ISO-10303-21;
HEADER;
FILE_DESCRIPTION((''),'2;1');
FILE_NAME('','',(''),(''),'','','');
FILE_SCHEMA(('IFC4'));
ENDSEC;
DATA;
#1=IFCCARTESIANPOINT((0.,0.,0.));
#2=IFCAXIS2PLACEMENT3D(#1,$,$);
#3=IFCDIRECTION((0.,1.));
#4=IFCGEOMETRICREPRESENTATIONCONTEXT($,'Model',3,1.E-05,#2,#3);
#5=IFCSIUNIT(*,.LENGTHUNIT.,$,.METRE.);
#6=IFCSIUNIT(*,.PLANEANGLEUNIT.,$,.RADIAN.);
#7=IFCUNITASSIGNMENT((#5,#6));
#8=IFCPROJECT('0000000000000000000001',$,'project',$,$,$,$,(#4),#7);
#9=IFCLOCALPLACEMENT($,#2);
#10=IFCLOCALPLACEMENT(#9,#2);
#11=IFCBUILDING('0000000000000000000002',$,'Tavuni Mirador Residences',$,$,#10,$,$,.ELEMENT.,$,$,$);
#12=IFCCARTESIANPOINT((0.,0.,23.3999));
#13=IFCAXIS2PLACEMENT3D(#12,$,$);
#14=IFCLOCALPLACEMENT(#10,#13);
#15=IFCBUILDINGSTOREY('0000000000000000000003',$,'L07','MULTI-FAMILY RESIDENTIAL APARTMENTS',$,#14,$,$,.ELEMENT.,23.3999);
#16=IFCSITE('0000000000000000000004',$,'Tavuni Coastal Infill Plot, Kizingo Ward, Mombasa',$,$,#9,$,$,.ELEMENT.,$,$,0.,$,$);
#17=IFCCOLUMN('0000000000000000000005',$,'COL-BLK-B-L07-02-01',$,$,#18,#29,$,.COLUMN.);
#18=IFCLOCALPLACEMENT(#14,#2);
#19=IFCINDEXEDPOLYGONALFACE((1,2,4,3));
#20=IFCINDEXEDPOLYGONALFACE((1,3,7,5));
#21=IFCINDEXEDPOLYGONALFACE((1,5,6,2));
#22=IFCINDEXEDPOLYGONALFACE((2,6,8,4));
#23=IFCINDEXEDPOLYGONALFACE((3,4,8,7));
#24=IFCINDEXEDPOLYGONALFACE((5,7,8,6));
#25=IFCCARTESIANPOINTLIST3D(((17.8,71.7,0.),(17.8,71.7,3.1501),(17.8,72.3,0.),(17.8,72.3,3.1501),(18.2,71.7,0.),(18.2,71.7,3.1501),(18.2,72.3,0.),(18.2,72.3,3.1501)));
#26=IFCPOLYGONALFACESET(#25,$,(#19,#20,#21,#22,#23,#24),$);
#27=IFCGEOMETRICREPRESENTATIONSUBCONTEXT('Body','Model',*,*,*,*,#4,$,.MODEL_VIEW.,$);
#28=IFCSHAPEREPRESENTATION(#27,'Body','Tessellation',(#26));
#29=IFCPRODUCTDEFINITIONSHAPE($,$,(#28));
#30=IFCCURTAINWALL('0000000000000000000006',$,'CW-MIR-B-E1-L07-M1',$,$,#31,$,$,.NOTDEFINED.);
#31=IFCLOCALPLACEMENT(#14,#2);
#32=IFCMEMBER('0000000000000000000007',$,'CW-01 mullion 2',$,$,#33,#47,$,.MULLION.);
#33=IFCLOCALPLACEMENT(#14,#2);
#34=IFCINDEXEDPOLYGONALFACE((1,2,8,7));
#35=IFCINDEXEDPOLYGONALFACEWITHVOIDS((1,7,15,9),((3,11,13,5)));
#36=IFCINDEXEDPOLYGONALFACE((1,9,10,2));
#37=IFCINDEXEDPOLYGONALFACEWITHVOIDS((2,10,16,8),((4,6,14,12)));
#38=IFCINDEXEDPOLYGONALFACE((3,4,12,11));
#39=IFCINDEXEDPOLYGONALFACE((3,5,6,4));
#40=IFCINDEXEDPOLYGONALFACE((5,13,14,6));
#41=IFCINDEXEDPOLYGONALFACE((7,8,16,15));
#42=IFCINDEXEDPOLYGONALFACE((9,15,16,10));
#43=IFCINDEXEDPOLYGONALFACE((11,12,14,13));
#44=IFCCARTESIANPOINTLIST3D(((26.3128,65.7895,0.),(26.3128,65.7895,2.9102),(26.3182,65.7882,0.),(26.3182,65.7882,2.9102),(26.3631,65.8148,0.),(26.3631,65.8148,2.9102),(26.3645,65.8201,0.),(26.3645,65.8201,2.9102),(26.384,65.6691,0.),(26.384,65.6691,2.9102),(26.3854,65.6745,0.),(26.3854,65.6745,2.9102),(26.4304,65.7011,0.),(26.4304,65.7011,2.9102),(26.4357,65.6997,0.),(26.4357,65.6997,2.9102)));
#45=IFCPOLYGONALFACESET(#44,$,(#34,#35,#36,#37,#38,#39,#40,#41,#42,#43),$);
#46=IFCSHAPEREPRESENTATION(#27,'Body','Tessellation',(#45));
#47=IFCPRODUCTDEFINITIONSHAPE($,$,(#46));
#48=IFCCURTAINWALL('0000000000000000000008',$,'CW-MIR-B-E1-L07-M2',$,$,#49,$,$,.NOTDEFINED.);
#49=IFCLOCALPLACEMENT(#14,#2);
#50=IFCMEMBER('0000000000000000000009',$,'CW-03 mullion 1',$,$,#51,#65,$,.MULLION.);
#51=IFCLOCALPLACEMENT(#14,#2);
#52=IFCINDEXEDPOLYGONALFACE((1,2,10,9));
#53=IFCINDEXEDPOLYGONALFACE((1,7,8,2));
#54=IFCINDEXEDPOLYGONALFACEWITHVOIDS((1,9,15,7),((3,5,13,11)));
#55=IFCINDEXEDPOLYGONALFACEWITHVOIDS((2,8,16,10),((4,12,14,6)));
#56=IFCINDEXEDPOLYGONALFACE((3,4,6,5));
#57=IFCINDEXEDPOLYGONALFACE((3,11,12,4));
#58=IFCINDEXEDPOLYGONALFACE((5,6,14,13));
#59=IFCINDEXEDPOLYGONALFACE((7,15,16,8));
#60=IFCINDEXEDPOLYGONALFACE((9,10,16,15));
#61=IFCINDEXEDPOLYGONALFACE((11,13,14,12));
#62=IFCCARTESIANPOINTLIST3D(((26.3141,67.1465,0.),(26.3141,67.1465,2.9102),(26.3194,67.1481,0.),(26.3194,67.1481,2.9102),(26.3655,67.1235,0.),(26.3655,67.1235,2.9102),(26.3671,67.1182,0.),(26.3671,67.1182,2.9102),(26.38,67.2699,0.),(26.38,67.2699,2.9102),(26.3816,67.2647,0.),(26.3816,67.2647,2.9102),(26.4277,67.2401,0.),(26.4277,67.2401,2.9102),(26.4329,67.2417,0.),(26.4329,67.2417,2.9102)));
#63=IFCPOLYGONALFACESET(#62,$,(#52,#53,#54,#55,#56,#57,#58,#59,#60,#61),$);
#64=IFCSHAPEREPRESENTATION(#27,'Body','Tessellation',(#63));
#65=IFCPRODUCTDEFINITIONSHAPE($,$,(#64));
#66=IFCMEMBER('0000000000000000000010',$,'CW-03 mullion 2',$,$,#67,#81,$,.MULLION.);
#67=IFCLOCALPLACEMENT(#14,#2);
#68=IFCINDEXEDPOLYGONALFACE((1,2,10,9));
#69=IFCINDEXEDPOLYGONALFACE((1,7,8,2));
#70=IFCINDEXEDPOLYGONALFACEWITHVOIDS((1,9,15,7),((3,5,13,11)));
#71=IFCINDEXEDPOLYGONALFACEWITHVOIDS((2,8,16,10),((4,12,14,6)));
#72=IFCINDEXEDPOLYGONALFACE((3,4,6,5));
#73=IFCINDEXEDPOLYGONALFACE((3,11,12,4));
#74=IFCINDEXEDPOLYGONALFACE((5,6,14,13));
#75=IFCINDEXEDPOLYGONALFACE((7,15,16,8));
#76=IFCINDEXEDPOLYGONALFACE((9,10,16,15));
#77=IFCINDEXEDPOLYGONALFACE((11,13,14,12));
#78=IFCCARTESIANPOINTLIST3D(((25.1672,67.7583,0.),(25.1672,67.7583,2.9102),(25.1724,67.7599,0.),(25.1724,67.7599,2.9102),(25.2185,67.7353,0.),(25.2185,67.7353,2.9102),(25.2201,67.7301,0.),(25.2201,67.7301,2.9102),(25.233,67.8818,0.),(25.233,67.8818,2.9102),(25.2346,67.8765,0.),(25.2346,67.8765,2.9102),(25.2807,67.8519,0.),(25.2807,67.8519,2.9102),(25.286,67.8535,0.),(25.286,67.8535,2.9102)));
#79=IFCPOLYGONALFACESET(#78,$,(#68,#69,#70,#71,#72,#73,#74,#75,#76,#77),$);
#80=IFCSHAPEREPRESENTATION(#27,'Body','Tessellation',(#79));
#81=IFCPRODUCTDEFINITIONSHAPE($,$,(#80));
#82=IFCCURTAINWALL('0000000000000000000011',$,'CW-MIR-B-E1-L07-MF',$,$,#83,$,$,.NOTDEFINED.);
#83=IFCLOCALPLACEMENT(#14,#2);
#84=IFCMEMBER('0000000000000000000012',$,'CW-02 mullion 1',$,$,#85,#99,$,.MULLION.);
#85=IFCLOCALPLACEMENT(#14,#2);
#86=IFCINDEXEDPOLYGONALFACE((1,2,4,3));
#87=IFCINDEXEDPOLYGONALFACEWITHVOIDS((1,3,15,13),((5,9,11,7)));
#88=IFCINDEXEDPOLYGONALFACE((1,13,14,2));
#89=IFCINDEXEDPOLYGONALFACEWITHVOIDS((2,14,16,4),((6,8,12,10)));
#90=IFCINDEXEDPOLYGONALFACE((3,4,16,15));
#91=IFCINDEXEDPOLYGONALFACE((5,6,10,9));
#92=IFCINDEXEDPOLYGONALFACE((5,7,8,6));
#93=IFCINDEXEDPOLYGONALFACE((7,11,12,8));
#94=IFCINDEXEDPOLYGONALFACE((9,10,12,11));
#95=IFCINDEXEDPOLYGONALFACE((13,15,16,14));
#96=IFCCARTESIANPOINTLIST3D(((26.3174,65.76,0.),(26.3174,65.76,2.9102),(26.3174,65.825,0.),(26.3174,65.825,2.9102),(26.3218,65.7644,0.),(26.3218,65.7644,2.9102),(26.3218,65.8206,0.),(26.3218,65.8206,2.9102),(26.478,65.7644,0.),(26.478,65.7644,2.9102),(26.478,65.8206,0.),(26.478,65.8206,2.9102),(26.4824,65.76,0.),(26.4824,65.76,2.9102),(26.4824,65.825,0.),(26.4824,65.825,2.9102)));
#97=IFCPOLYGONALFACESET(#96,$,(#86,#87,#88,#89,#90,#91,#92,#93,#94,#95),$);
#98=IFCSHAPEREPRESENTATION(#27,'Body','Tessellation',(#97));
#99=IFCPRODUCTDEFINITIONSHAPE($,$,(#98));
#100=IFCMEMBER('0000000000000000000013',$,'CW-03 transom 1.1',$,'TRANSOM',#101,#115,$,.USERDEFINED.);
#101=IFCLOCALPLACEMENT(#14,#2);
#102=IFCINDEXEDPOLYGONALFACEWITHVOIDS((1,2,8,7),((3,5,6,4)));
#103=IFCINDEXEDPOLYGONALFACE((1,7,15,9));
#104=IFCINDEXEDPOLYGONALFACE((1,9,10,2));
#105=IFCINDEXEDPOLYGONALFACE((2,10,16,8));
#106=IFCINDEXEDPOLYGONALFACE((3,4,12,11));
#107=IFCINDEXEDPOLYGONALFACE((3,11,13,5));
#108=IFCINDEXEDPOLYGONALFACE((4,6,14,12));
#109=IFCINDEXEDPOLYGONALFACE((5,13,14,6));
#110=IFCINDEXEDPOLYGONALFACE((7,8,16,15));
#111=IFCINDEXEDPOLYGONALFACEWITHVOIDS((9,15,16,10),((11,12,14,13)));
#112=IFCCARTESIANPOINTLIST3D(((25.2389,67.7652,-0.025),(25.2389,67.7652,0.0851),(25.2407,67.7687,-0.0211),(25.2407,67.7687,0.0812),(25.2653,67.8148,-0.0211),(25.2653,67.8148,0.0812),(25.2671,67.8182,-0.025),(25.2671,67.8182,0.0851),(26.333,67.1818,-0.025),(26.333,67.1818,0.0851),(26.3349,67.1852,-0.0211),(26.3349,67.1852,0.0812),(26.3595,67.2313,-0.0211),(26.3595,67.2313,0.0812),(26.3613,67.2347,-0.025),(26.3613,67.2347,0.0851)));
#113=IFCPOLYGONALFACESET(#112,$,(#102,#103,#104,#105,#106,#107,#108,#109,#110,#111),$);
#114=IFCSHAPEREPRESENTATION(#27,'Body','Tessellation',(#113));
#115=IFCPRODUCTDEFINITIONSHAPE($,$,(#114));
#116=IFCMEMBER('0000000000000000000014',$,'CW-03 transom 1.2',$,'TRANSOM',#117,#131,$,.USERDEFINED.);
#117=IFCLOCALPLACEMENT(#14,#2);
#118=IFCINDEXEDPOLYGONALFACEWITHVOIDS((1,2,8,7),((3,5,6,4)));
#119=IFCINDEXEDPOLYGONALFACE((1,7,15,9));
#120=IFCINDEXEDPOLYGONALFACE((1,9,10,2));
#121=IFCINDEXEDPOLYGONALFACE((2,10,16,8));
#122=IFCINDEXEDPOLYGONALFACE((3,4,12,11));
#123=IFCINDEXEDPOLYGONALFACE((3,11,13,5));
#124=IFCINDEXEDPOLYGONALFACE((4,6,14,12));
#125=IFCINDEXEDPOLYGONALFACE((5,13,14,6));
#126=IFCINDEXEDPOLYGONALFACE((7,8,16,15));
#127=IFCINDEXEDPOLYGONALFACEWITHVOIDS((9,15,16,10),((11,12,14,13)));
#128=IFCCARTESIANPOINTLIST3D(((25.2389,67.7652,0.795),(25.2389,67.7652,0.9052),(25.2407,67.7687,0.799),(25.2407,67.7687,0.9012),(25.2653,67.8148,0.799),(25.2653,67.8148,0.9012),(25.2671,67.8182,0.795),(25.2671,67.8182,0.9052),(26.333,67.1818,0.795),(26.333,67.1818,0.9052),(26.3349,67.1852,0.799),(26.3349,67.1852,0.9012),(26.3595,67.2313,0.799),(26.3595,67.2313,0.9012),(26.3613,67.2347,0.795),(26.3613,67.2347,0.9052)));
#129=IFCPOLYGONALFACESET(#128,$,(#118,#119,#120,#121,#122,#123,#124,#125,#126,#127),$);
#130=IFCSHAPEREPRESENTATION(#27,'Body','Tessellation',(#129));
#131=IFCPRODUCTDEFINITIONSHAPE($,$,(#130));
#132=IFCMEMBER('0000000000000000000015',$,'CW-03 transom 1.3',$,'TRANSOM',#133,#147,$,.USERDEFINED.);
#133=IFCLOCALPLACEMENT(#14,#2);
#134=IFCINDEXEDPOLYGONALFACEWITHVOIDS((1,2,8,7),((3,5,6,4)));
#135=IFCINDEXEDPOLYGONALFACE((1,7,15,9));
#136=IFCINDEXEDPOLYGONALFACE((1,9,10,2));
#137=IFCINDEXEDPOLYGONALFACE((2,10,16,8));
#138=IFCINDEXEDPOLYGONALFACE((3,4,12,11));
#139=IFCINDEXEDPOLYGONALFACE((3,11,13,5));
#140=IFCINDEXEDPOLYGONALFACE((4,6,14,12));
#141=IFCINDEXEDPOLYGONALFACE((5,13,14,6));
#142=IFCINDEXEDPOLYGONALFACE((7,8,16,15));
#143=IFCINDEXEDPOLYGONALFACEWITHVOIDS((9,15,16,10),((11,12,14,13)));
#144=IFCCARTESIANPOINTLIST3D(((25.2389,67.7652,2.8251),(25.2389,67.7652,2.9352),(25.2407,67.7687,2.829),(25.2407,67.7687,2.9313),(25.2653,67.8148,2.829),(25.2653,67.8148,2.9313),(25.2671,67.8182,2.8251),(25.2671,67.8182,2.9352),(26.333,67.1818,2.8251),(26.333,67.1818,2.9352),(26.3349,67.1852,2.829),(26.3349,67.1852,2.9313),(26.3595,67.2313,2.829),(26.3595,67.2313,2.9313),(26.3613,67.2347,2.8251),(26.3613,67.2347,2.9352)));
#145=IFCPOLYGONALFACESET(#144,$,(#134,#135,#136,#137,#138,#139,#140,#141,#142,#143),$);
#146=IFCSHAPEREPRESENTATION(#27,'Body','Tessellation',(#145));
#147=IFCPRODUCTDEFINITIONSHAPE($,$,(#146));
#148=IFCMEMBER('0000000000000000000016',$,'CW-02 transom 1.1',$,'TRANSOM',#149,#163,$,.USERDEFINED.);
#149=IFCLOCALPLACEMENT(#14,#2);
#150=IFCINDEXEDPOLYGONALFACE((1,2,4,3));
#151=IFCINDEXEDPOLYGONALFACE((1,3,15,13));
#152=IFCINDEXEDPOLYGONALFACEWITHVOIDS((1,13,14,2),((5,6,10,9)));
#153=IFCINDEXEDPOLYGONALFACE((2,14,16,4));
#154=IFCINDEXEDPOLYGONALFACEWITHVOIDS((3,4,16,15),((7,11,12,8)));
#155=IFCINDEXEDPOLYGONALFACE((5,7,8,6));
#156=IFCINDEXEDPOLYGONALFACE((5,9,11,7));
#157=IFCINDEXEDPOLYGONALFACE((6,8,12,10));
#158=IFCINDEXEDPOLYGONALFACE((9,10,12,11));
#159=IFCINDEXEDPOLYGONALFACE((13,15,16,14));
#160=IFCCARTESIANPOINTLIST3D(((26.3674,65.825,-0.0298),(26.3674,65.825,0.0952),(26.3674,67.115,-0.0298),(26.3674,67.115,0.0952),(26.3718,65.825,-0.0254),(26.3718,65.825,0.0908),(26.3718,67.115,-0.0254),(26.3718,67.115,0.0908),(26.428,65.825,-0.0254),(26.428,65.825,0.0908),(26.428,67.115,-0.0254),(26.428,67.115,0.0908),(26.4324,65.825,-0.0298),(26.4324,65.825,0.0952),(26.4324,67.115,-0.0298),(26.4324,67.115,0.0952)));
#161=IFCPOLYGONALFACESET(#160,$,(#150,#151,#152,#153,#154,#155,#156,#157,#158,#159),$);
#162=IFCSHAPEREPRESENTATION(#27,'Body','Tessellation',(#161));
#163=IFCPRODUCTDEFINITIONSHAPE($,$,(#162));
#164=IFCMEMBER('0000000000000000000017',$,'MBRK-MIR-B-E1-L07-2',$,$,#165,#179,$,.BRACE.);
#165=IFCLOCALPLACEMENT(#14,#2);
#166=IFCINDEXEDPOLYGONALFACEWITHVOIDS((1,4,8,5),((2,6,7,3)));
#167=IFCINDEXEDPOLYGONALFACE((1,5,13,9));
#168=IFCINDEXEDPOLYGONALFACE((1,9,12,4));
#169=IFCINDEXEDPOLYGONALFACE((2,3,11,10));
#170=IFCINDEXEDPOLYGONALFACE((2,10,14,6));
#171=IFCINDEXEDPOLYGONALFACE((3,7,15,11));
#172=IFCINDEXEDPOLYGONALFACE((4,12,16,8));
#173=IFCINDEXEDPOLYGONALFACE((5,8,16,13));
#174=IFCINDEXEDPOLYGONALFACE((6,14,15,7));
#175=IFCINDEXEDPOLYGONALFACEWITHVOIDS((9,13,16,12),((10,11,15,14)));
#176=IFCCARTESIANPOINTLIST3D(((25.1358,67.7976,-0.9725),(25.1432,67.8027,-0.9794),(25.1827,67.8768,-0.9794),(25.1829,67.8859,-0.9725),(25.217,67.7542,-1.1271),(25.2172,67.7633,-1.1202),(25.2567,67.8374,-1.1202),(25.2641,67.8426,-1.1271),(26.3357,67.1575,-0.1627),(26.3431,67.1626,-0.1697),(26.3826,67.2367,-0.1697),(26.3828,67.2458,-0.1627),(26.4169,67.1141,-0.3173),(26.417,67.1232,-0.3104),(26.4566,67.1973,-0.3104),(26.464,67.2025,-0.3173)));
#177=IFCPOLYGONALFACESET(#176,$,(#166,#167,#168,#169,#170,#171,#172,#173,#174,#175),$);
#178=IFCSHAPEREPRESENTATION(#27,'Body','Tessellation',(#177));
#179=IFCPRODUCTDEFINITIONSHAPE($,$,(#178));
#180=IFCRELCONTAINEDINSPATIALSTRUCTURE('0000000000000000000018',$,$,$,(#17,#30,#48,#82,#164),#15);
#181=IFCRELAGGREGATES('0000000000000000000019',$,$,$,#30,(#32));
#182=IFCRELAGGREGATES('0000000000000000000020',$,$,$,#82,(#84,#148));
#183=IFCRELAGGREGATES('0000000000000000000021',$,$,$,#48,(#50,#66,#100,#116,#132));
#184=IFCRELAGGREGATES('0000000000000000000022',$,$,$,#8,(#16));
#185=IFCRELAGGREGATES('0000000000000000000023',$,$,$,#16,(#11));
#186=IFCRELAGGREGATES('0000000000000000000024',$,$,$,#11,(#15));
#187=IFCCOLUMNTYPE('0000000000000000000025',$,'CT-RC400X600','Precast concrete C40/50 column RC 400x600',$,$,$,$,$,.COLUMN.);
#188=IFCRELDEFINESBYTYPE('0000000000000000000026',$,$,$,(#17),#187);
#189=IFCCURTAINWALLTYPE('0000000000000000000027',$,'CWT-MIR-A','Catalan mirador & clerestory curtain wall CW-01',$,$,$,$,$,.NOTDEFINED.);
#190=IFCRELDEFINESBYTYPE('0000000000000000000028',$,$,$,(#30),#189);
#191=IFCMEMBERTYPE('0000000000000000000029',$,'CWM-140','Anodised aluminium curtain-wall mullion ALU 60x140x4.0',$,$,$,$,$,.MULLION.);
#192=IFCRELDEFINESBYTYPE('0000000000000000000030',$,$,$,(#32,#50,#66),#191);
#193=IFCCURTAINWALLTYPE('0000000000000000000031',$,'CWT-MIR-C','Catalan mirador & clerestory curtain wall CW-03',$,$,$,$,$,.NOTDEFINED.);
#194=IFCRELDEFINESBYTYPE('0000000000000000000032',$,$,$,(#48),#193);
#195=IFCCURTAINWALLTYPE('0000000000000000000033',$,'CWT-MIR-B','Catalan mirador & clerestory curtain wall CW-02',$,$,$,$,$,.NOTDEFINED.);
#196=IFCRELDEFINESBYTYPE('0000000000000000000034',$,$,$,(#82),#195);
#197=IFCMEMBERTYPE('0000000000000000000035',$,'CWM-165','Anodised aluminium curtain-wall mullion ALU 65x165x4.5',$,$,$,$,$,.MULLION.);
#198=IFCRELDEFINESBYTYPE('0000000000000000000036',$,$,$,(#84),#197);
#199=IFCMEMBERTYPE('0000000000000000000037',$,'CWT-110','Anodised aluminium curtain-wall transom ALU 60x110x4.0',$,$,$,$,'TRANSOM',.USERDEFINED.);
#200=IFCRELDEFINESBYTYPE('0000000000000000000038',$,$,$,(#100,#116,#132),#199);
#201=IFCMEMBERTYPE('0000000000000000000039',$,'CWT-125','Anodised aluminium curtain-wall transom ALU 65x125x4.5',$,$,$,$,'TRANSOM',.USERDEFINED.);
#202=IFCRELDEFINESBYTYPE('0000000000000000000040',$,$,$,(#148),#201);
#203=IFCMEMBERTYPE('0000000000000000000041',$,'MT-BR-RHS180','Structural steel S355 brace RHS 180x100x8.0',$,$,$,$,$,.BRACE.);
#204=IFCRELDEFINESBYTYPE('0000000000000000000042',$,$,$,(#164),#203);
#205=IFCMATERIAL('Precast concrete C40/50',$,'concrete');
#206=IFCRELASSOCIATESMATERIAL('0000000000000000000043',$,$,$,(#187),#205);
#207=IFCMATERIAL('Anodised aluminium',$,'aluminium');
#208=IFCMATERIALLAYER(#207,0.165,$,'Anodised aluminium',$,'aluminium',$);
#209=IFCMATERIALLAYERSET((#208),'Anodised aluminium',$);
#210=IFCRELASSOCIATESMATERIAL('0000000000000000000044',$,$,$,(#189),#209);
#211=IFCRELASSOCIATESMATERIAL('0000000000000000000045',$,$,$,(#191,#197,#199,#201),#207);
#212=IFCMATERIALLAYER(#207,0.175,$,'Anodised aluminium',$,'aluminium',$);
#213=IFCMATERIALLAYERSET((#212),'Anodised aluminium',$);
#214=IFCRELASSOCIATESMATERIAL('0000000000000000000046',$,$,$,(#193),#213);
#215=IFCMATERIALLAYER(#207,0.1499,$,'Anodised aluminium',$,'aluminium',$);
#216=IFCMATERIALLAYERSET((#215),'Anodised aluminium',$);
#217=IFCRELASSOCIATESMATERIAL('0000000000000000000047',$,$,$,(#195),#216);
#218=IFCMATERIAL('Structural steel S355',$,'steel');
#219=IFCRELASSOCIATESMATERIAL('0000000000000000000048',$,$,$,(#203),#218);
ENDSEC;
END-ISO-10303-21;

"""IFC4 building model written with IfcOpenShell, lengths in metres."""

from ifc_helpers import new_model, si_unit, direction, frame, origin, origin_2d, place, context, subcontext, project, spatial, rectangle, hollow_rectangle, extrude, material, layer, layer_set, material_profile, profile_set, type_object, element, aggregate, save


model = new_model("IFC4")

# Units and contexts
model_context = context("Model", 3, precision=1e-05, world=origin(), true_north=direction((0.0, 1.0)))
body_context = subcontext(model_context, "Body", "Model", "MODEL_VIEW")
ifc_project = project(units=[si_unit("LENGTHUNIT", "METRE"), si_unit("PLANEANGLEUNIT", "RADIAN")], contexts=[model_context])

# Site, building, storey
site_placement = place(None, origin())
site = spatial("IfcSite", under=ifc_project, at=site_placement, Name="Tavuni Coastal Infill Plot, Kizingo Ward, Mombasa", CompositionType="ELEMENT", RefElevation=0.0)
building_placement = place(site_placement, origin())
building = spatial("IfcBuilding", under=site, at=building_placement, Name="Tavuni Mirador Residences", CompositionType="ELEMENT")
storey_placement = place(building_placement, frame((0.0, 0.0, 23.3999)))
storey = spatial("IfcBuildingStorey", under=building, at=storey_placement, Name="L07", Description="MULTI-FAMILY RESIDENTIAL APARTMENTS", CompositionType="ELEMENT", Elevation=23.3999)

# Column
ifc_material_1 = material(Name="Precast concrete C40/50", Category="concrete")
ifc_material_profile_1 = material_profile(ifc_material_1, rectangle(XDim=0.3999, YDim=0.6001, at=origin_2d()), Name="RC 400x600", Category="concrete")
ifc_profile_set_1 = profile_set([ifc_material_profile_1], Name="Precast concrete C40/50")
column_type = type_object("IfcColumnType", Name="CT-RC400X600", Description="Precast concrete C40/50 column RC 400x600", PredefinedType="COLUMN", material=ifc_profile_set_1)
column_placement = place(storey_placement, frame((18.0, 72.0, 0.0), z_axis=(0.0, 0.0, 1.0), x_axis=(1.0, 0.0, 0.0)))
element("IfcColumn", 1, at=column_placement, inside=storey, type_object=column_type, Name="COL-BLK-B-L07-02-01", PredefinedType="COLUMN", context=body_context, shape_type="SweptSolid", body=[
    extrude(rectangle(XDim=0.3999, YDim=0.6001, at=origin_2d()), origin(), (0.0, 0.0, 1.0), 3.1501),
])

# Curtain wall, member
ifc_material_2 = material(Name="Anodised aluminium", Category="aluminium")
ifc_layer_1 = layer(ifc_material_2, 0.165, Name="Anodised aluminium", Category="aluminium")
ifc_layer_set_1 = layer_set([ifc_layer_1], Name="Anodised aluminium")
curtain_wall_type_1 = type_object("IfcCurtainWallType", Name="CWT-MIR-A", Description="Catalan mirador & clerestory curtain wall CW-01", PredefinedType="NOTDEFINED", material=ifc_layer_set_1)
curtain_wall_1_placement = place(storey_placement, origin())
curtain_wall_1 = element("IfcCurtainWall", 2, at=curtain_wall_1_placement, inside=storey, type_object=curtain_wall_type_1, Name="CW-MIR-B-E1-L07-M1", PredefinedType="NOTDEFINED")
ifc_material_profile_2 = material_profile(ifc_material_2, hollow_rectangle(XDim=0.0601, YDim=0.1399, WallThickness=0.0039, at=origin_2d()), Name="ALU 60x140x4.0", Category="aluminium")
ifc_profile_set_2 = profile_set([ifc_material_profile_2], Name="Anodised aluminium")
member_type_1 = type_object("IfcMemberType", Name="CWM-140", Description="Anodised aluminium curtain-wall mullion ALU 60x140x4.0", PredefinedType="MULLION", material=ifc_profile_set_2)
member_1_placement = place(storey_placement, frame((26.3743, 65.7446, 0.0), z_axis=(0.0, 0.0, 1.0), x_axis=(0.860641, 0.509212, 0.0)))
member_1 = element("IfcMember", 3, at=member_1_placement, type_object=member_type_1, Name="CW-01 mullion 2", PredefinedType="MULLION", context=body_context, shape_type="SweptSolid", body=[
    extrude(hollow_rectangle(XDim=0.0601, YDim=0.1399, WallThickness=0.0039, at=origin_2d()), origin(), (0.0, 0.0, 1.0), 2.9102),
])
aggregate(curtain_wall_1, [member_1])

# Curtain wall, members
ifc_layer_2 = layer(ifc_material_2, 0.175, Name="Anodised aluminium", Category="aluminium")
ifc_layer_set_2 = layer_set([ifc_layer_2], Name="Anodised aluminium")
curtain_wall_type_2 = type_object("IfcCurtainWallType", Name="CWT-MIR-C", Description="Catalan mirador & clerestory curtain wall CW-03", PredefinedType="NOTDEFINED", material=ifc_layer_set_2)
curtain_wall_2_placement = place(storey_placement, origin())
curtain_wall_2 = element("IfcCurtainWall", 4, at=curtain_wall_2_placement, inside=storey, type_object=curtain_wall_type_2, Name="CW-MIR-B-E1-L07-M2", PredefinedType="NOTDEFINED")
member_2_placement = place(storey_placement, frame((26.3735, 67.1941, 0.0), z_axis=(0.0, 0.0, 1.0), x_axis=(-0.882353, 0.470588, 0.0)))
member_2 = element("IfcMember", 5, at=member_2_placement, type_object=member_type_1, Name="CW-03 mullion 1", PredefinedType="MULLION", context=body_context, shape_type="SweptSolid", body=[
    extrude(hollow_rectangle(XDim=0.0601, YDim=0.1399, WallThickness=0.0039, at=origin_2d()), origin(), (0.0, 0.0, 1.0), 2.9102),
])
member_3_placement = place(storey_placement, frame((25.2266, 67.8059, 0.0), z_axis=(0.0, 0.0, 1.0), x_axis=(-0.882353, 0.470588, 0.0)))
member_3 = element("IfcMember", 6, at=member_3_placement, type_object=member_type_1, Name="CW-03 mullion 2", PredefinedType="MULLION", context=body_context, shape_type="SweptSolid", body=[
    extrude(hollow_rectangle(XDim=0.0601, YDim=0.1399, WallThickness=0.0039, at=origin_2d()), origin(), (0.0, 0.0, 1.0), 2.9102),
])

# Curtain wall, member
ifc_layer_3 = layer(ifc_material_2, 0.1499, Name="Anodised aluminium", Category="aluminium")
ifc_layer_set_3 = layer_set([ifc_layer_3], Name="Anodised aluminium")
curtain_wall_type_3 = type_object("IfcCurtainWallType", Name="CWT-MIR-B", Description="Catalan mirador & clerestory curtain wall CW-02", PredefinedType="NOTDEFINED", material=ifc_layer_set_3)
curtain_wall_3_placement = place(storey_placement, origin())
curtain_wall_3 = element("IfcCurtainWall", 7, at=curtain_wall_3_placement, inside=storey, type_object=curtain_wall_type_3, Name="CW-MIR-B-E1-L07-MF", PredefinedType="NOTDEFINED")
ifc_material_profile_3 = material_profile(ifc_material_2, hollow_rectangle(XDim=0.0649, YDim=0.165, WallThickness=0.0044, at=origin_2d()), Name="ALU 65x165x4.5", Category="aluminium")
ifc_profile_set_3 = profile_set([ifc_material_profile_3], Name="Anodised aluminium")
member_type_2 = type_object("IfcMemberType", Name="CWM-165", Description="Anodised aluminium curtain-wall mullion ALU 65x165x4.5", PredefinedType="MULLION", material=ifc_profile_set_3)
member_4_placement = place(storey_placement, frame((26.3999, 65.7925, 0.0), z_axis=(0.0, 0.0, 1.0), x_axis=(0.0, 1.0, 0.0)))
member_4 = element("IfcMember", 8, at=member_4_placement, type_object=member_type_2, Name="CW-02 mullion 1", PredefinedType="MULLION", context=body_context, shape_type="SweptSolid", body=[
    extrude(hollow_rectangle(XDim=0.0649, YDim=0.165, WallThickness=0.0044, at=origin_2d()), origin(), (0.0, 0.0, 1.0), 2.9102),
])

# Members
ifc_material_profile_4 = material_profile(ifc_material_2, hollow_rectangle(XDim=0.0601, YDim=0.1101, WallThickness=0.0039, at=origin_2d()), Name="ALU 60x110x4.0", Category="aluminium")
ifc_profile_set_4 = profile_set([ifc_material_profile_4], Name="Anodised aluminium")
member_type_3 = type_object("IfcMemberType", Name="CWT-110", Description="Anodised aluminium curtain-wall transom ALU 60x110x4.0", ElementType="TRANSOM", PredefinedType="USERDEFINED", material=ifc_profile_set_4)
member_5_placement = place(storey_placement, frame((26.3472, 67.2083, 0.03), z_axis=(-0.882386, 0.470527, 0.0), x_axis=(-0.470527, -0.882386, 0.0)))
member_5 = element("IfcMember", 9, at=member_5_placement, type_object=member_type_3, Name="CW-03 transom 1.1", ObjectType="TRANSOM", PredefinedType="USERDEFINED", context=body_context, shape_type="SweptSolid", body=[
    extrude(hollow_rectangle(XDim=0.0601, YDim=0.1101, WallThickness=0.0039, at=origin_2d()), origin(), (0.0, 0.0, 1.0), 1.24),
])
member_6_placement = place(storey_placement, frame((26.3472, 67.2083, 0.8501), z_axis=(-0.882386, 0.470527, 0.0), x_axis=(-0.470527, -0.882386, 0.0)))
member_6 = element("IfcMember", 10, at=member_6_placement, type_object=member_type_3, Name="CW-03 transom 1.2", ObjectType="TRANSOM", PredefinedType="USERDEFINED", context=body_context, shape_type="SweptSolid", body=[
    extrude(hollow_rectangle(XDim=0.0601, YDim=0.1101, WallThickness=0.0039, at=origin_2d()), origin(), (0.0, 0.0, 1.0), 1.24),
])
member_7_placement = place(storey_placement, frame((26.3472, 67.2083, 2.8801), z_axis=(-0.882386, 0.470527, 0.0), x_axis=(-0.470527, -0.882386, 0.0)))
member_7 = element("IfcMember", 11, at=member_7_placement, type_object=member_type_3, Name="CW-03 transom 1.3", ObjectType="TRANSOM", PredefinedType="USERDEFINED", context=body_context, shape_type="SweptSolid", body=[
    extrude(hollow_rectangle(XDim=0.0601, YDim=0.1101, WallThickness=0.0039, at=origin_2d()), origin(), (0.0, 0.0, 1.0), 1.24),
])
ifc_material_profile_5 = material_profile(ifc_material_2, hollow_rectangle(XDim=0.0649, YDim=0.125, WallThickness=0.0044, at=origin_2d()), Name="ALU 65x125x4.5", Category="aluminium")
ifc_profile_set_5 = profile_set([ifc_material_profile_5], Name="Anodised aluminium")
member_type_4 = type_object("IfcMemberType", Name="CWT-125", Description="Anodised aluminium curtain-wall transom ALU 65x125x4.5", ElementType="TRANSOM", PredefinedType="USERDEFINED", material=ifc_profile_set_5)
member_8_placement = place(storey_placement, frame((26.3999, 65.825, 0.0327), z_axis=(0.0, 1.0, 0.0), x_axis=(-1.0, 0.0, 0.0)))
member_8 = element("IfcMember", 12, at=member_8_placement, type_object=member_type_4, Name="CW-02 transom 1.1", ObjectType="TRANSOM", PredefinedType="USERDEFINED", context=body_context, shape_type="SweptSolid", body=[
    extrude(hollow_rectangle(XDim=0.0649, YDim=0.125, WallThickness=0.0044, at=origin_2d()), origin(), (0.0, 0.0, 1.0), 1.29),
])
aggregate(curtain_wall_3, [member_4, member_8])

# Member
ifc_material_3 = material(Name="Structural steel S355", Category="steel")
ifc_material_profile_6 = material_profile(ifc_material_3, hollow_rectangle(XDim=0.1001, YDim=0.1799, WallThickness=0.0081, at=origin_2d()), Name="RHS 180x100x8.0", Category="steel")
ifc_profile_set_6 = profile_set([ifc_material_profile_6], Name="Structural steel S355")
member_type_5 = type_object("IfcMemberType", Name="MT-BR-RHS180", Description="Structural steel S355 brace RHS 180x100x8.0", PredefinedType="BRACE", material=ifc_profile_set_6)
member_9_placement = place(storey_placement, frame((25.2, 67.8201, -1.0498), z_axis=(0.758089, -0.404417, 0.511614), x_axis=(0.470681, 0.882303, 0.0)))
element("IfcMember", 13, at=member_9_placement, inside=storey, type_object=member_type_5, Name="MBRK-MIR-B-E1-L07-2", PredefinedType="BRACE", context=body_context, shape_type="SweptSolid", body=[
    extrude(hollow_rectangle(XDim=0.1001, YDim=0.1799, WallThickness=0.0081, at=origin_2d()), origin(), (0.0, 0.0, 1.0), 1.5828),
])

aggregate(curtain_wall_2, [member_2, member_3, member_5, member_6, member_7])

save(model, "model.ifc")
